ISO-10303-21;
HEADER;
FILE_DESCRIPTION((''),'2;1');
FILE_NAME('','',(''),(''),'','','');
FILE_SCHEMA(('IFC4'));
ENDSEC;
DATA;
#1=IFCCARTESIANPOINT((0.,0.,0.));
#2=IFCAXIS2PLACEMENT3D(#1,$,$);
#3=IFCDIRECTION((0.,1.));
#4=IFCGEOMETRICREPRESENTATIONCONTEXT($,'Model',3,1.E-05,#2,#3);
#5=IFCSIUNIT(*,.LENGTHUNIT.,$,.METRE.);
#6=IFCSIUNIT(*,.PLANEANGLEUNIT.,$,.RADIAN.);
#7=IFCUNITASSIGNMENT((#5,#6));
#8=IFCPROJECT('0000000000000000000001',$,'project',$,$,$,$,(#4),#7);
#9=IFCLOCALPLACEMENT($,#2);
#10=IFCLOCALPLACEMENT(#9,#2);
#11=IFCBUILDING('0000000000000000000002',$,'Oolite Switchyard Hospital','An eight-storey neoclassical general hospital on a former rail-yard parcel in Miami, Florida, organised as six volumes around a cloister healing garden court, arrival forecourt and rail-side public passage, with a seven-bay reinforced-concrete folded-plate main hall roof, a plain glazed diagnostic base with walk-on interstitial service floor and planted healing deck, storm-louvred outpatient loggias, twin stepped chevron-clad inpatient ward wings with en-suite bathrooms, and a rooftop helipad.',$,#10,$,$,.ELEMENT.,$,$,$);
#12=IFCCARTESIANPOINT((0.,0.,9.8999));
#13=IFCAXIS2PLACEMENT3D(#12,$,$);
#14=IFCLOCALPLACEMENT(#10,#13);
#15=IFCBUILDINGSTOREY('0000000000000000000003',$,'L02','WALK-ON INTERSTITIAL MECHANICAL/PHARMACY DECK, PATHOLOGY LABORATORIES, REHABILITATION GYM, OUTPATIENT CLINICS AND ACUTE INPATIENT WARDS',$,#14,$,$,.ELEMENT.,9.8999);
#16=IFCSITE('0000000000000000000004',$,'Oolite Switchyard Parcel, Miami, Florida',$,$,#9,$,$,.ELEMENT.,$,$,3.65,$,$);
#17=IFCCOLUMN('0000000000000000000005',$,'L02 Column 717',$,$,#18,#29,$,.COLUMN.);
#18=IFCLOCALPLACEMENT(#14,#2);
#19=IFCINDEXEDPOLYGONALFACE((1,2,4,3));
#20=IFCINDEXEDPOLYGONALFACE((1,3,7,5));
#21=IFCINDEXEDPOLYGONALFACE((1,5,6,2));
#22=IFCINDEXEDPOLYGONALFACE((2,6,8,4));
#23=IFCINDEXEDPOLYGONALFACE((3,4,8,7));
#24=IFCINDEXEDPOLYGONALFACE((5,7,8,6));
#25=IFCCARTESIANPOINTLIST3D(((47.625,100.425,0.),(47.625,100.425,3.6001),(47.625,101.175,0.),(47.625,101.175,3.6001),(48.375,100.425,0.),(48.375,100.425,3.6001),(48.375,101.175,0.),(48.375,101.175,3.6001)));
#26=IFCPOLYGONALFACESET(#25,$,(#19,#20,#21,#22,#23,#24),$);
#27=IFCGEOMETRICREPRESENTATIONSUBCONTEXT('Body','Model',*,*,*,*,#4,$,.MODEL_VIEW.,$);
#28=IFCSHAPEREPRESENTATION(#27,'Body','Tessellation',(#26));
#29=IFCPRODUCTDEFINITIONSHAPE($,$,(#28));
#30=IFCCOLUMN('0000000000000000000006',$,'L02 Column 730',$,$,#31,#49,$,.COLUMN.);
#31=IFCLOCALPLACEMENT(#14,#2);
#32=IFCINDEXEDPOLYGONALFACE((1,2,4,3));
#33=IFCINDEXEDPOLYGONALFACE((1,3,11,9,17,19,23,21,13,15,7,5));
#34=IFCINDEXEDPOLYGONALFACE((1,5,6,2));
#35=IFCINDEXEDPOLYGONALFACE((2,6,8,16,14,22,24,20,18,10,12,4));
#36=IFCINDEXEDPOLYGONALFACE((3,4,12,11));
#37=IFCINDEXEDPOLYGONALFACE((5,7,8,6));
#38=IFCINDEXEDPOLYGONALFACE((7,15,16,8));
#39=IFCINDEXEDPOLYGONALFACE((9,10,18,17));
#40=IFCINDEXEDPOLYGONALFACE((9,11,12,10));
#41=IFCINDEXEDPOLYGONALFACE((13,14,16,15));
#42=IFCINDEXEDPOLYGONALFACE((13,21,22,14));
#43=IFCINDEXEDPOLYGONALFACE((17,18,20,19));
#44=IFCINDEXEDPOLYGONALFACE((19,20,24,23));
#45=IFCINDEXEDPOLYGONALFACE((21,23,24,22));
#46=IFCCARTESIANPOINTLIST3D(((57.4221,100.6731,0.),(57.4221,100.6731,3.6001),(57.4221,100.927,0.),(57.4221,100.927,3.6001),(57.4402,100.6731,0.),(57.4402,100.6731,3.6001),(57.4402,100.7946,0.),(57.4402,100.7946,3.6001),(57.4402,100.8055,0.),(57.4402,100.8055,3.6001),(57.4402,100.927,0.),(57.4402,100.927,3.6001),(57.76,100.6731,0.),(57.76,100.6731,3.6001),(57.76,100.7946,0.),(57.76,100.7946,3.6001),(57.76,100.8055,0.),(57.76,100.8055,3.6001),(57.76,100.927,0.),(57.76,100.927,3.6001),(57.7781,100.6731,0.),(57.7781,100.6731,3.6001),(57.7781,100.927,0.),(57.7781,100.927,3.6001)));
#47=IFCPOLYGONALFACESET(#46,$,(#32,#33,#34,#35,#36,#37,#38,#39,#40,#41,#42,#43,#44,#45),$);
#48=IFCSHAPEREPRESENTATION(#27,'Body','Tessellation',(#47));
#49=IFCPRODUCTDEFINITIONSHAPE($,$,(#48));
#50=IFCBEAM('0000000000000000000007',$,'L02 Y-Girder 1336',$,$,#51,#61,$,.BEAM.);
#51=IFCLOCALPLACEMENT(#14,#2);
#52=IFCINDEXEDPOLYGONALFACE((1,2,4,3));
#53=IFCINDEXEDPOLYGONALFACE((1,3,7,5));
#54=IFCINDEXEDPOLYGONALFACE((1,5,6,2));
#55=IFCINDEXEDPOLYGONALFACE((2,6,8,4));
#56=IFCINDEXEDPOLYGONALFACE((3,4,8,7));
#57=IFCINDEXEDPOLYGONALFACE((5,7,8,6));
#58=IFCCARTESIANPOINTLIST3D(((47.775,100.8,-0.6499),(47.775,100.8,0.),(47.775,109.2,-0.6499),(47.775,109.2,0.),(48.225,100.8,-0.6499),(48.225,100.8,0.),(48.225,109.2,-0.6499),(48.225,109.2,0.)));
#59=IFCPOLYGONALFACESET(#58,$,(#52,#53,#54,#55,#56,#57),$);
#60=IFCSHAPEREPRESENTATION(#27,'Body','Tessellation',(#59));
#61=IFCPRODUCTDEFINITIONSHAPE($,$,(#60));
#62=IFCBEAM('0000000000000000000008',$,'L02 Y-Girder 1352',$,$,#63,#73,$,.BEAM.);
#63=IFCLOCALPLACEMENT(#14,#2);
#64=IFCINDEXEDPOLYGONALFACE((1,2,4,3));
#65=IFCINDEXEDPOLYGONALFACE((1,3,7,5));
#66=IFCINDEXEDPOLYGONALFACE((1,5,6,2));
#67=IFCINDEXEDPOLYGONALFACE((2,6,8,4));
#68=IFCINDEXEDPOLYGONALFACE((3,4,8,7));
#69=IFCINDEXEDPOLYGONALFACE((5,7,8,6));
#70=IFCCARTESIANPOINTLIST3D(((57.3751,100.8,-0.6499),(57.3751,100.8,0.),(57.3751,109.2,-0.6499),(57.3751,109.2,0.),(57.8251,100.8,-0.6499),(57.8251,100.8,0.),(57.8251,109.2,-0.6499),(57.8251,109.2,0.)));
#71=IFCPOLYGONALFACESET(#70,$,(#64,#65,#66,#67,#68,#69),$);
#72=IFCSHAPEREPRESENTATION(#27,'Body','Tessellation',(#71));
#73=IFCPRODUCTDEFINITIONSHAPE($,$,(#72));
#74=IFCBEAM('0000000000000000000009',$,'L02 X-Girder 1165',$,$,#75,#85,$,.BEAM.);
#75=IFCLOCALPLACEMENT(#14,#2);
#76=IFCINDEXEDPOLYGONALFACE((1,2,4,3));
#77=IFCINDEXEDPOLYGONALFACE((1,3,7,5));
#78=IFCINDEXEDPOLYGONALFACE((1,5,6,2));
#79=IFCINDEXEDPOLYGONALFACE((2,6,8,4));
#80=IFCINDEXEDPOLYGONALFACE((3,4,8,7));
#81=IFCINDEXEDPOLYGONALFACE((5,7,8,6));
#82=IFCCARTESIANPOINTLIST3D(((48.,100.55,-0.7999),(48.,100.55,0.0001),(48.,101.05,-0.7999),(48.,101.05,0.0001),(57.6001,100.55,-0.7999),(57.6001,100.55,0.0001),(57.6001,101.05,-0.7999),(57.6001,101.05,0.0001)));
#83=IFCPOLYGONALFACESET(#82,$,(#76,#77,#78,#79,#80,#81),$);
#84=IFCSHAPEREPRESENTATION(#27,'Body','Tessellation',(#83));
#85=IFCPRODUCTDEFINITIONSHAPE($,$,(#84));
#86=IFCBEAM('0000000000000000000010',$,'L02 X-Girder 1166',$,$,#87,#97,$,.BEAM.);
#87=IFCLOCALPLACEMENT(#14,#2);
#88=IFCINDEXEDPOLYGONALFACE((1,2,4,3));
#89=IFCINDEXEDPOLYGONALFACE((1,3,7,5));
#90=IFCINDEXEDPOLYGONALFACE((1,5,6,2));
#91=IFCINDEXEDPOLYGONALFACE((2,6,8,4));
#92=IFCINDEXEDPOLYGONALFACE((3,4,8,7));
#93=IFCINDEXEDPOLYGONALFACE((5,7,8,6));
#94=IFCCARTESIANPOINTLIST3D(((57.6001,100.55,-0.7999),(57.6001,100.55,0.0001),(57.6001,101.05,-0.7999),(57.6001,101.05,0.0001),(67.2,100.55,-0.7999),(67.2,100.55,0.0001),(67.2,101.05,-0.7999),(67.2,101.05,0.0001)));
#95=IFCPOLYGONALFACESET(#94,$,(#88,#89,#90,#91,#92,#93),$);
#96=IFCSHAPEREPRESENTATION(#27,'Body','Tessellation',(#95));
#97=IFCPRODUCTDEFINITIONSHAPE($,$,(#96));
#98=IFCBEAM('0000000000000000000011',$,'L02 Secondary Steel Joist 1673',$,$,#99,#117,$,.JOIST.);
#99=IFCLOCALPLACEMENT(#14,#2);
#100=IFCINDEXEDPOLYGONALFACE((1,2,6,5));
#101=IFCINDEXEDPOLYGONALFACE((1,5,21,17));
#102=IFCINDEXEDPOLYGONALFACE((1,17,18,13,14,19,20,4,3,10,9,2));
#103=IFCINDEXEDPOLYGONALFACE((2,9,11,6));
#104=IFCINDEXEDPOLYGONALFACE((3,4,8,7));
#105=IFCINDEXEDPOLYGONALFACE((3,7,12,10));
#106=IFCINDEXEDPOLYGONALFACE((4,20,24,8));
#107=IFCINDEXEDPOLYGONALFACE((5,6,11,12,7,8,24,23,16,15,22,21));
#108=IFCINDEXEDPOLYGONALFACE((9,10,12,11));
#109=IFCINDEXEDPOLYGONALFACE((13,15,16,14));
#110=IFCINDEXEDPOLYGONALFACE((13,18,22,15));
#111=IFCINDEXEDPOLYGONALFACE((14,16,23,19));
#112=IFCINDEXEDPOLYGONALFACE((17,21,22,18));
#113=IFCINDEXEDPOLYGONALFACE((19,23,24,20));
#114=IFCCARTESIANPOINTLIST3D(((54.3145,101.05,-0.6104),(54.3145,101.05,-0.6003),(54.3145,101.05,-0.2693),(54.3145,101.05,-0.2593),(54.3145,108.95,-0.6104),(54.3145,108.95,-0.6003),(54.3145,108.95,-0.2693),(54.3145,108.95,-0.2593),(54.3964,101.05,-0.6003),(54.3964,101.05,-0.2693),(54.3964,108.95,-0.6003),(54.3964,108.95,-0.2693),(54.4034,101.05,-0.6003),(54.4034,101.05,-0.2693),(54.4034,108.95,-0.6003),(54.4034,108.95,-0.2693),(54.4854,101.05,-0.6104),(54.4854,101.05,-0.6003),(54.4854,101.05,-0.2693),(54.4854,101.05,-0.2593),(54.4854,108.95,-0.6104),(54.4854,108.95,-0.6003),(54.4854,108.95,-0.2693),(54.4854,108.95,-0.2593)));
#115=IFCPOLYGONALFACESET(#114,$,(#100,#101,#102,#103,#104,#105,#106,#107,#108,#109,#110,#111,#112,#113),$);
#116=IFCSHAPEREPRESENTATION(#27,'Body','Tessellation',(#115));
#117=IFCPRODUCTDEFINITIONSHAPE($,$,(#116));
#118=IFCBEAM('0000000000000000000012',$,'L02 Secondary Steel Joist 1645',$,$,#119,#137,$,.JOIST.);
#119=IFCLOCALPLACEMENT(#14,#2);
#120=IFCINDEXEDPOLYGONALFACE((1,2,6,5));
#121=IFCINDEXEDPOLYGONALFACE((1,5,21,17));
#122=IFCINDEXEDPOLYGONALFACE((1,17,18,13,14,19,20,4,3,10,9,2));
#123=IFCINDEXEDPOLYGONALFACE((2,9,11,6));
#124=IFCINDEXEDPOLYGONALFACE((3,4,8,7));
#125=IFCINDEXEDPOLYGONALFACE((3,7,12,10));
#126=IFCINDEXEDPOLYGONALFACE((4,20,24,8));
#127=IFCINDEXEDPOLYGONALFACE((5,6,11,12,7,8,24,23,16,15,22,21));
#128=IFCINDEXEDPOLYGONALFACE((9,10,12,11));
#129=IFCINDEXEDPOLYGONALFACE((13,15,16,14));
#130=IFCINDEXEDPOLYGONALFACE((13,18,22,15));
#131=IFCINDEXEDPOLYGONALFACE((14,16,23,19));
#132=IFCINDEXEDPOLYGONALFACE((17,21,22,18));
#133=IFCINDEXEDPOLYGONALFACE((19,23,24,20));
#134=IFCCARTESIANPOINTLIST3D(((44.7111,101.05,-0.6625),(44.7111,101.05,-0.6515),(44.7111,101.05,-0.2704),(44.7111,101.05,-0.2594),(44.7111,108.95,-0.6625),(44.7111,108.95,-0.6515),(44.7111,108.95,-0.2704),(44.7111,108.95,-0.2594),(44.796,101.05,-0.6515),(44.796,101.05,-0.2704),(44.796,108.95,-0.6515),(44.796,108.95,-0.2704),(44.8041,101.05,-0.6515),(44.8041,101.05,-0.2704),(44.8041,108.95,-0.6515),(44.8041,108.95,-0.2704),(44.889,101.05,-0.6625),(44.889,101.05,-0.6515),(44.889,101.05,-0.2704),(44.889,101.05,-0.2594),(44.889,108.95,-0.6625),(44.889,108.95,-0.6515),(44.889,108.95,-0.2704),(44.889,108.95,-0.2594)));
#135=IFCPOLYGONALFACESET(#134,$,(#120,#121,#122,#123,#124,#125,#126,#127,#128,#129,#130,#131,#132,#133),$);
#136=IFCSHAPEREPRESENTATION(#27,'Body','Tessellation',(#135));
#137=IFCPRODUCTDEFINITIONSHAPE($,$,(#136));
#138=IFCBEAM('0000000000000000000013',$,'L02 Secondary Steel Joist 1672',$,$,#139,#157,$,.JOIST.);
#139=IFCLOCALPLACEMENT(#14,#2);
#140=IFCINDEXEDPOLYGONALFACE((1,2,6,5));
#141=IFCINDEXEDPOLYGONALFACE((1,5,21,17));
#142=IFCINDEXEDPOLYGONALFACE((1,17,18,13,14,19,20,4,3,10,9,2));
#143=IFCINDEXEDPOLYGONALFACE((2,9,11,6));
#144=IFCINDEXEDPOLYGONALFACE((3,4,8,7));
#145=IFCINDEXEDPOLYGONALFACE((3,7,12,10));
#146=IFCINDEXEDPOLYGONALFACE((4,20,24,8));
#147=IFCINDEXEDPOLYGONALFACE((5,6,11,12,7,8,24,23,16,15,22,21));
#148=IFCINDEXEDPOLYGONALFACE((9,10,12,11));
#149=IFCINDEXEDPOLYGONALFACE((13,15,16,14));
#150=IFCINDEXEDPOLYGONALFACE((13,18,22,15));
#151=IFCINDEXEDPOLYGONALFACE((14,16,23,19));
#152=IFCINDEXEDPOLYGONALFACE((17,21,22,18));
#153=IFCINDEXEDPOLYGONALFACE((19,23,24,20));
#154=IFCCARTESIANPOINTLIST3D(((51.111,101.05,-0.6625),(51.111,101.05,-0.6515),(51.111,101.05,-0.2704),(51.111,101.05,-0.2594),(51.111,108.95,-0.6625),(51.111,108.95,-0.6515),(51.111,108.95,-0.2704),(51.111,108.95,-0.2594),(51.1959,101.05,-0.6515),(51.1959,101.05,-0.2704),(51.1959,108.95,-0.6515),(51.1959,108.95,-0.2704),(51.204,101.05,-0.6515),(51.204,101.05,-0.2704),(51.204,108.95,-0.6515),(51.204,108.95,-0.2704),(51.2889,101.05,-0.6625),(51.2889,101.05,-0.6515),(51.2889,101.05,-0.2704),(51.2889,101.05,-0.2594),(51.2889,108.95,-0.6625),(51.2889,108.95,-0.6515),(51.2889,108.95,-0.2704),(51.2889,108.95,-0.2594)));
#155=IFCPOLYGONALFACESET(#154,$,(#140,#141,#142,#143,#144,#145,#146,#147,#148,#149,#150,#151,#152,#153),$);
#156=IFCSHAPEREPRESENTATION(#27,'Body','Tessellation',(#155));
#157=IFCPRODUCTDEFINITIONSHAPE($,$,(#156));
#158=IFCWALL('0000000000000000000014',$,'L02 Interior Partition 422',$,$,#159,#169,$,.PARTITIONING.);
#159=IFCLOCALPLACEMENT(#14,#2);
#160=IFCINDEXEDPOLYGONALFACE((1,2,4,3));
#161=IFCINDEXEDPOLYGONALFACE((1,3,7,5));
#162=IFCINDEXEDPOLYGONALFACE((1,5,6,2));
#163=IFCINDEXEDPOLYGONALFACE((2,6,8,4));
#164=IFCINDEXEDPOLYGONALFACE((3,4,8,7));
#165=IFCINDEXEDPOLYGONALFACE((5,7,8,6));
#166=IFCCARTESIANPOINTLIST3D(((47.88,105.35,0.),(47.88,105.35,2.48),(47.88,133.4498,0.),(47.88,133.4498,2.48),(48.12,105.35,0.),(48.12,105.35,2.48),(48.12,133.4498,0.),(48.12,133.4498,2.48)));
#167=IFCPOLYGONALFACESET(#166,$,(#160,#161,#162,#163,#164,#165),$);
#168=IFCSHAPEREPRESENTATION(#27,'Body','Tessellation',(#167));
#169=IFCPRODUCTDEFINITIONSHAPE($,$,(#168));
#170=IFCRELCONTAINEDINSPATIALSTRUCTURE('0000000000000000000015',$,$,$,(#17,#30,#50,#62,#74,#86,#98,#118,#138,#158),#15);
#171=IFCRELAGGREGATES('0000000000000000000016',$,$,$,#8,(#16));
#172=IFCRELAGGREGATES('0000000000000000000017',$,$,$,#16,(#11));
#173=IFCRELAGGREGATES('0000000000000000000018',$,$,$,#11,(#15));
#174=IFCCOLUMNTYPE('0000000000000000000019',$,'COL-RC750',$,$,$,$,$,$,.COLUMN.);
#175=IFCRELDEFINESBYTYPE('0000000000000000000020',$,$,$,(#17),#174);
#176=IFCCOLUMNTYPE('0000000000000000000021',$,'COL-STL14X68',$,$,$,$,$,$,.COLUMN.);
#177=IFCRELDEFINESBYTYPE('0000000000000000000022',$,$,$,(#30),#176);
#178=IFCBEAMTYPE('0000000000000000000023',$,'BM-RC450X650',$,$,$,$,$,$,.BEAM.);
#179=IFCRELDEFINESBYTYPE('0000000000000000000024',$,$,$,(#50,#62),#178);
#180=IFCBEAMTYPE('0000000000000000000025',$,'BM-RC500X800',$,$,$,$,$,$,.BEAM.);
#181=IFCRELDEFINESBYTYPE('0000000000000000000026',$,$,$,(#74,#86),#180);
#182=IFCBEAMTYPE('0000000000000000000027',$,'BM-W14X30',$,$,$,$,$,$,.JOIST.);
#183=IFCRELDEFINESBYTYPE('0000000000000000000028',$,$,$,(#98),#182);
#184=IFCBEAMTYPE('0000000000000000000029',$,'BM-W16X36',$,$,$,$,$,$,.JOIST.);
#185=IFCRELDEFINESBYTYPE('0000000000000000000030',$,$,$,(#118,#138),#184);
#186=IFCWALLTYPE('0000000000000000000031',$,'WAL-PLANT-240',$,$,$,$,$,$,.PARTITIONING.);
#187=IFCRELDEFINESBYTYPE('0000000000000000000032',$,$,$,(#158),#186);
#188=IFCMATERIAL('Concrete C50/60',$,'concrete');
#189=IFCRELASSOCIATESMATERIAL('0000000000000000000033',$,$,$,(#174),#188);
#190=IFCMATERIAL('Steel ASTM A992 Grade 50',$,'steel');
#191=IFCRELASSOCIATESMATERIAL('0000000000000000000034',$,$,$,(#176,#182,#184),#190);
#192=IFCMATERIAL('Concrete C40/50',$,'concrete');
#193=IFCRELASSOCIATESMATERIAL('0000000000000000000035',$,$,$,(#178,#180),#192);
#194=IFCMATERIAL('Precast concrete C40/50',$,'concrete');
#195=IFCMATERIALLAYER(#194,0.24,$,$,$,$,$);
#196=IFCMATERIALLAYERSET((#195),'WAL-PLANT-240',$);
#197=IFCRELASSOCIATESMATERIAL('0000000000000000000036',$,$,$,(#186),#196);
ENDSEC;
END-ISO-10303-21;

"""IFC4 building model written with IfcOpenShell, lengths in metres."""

from ifc_helpers import new_model, si_unit, direction, frame, frame_2d, origin, origin_2d, place, context, subcontext, project, spatial, rectangle, i_section, extrude, material, layer, layer_set, material_profile, profile_set, type_object, element, save


model = new_model("IFC4")

# Units and contexts
model_context = context("Model", 3, precision=1e-05, world=origin(), true_north=direction((0.0, 1.0)))
body_context = subcontext(model_context, "Body", "Model", "MODEL_VIEW")
ifc_project = project(units=[si_unit("LENGTHUNIT", "METRE"), si_unit("PLANEANGLEUNIT", "RADIAN")], contexts=[model_context])

# Site, building, storey
site_placement = place(None, origin())
site = spatial("IfcSite", under=ifc_project, at=site_placement, Name="Oolite Switchyard Parcel, Miami, Florida", CompositionType="ELEMENT", RefElevation=3.65)
building_placement = place(site_placement, origin())
building = spatial("IfcBuilding", under=site, at=building_placement, Name="Oolite Switchyard Hospital", Description="An eight-storey neoclassical general hospital on a former rail-yard parcel in Miami, Florida, organised as six volumes around a cloister healing garden court, arrival forecourt and rail-side public passage, with a seven-bay reinforced-concrete folded-plate main hall roof, a plain glazed diagnostic base with walk-on interstitial service floor and planted healing deck, storm-louvred outpatient loggias, twin stepped chevron-clad inpatient ward wings with en-suite bathrooms, and a rooftop helipad.", CompositionType="ELEMENT")
storey_placement = place(building_placement, frame((0.0, 0.0, 9.8999)))
storey = spatial("IfcBuildingStorey", under=building, at=storey_placement, Name="L02", Description="WALK-ON INTERSTITIAL MECHANICAL/PHARMACY DECK, PATHOLOGY LABORATORIES, REHABILITATION GYM, OUTPATIENT CLINICS AND ACUTE INPATIENT WARDS", CompositionType="ELEMENT", Elevation=9.8999)

# Columns
ifc_material_1 = material(Name="Concrete C50/60", Category="concrete")
ifc_material_profile_1 = material_profile(ifc_material_1, rectangle(XDim=0.75, YDim=0.75, at=origin_2d()), Name="RC750X750")
ifc_profile_set_1 = profile_set([ifc_material_profile_1], Name="Concrete C50/60")
column_type_1 = type_object("IfcColumnType", Name="COL-RC750", PredefinedType="COLUMN", material=ifc_profile_set_1)
column_1_placement = place(storey_placement, frame((48.0, 100.8, 0.0), z_axis=(0.0, 0.0, 1.0), x_axis=(1.0, 0.0, 0.0)))
element("IfcColumn", 1, at=column_1_placement, inside=storey, type_object=column_type_1, Name="L02 Column 717", PredefinedType="COLUMN", context=body_context, shape_type="SweptSolid", body=[
    extrude(rectangle(XDim=0.75, YDim=0.75, at=origin_2d()), origin(), (0.0, 0.0, 1.0), 3.6001),
])
ifc_material_2 = material(Name="Steel ASTM A992 Grade 50", Category="steel")
ifc_material_profile_2 = material_profile(ifc_material_2, i_section(OverallWidth=0.2539, OverallDepth=0.356, WebThickness=0.011, FlangeThickness=0.0181, at=origin_2d()), Name="W14X68")
ifc_profile_set_2 = profile_set([ifc_material_profile_2], Name="Steel ASTM A992 Grade 50")
column_type_2 = type_object("IfcColumnType", Name="COL-STL14X68", PredefinedType="COLUMN", material=ifc_profile_set_2)
column_2_placement = place(storey_placement, frame((57.6001, 100.8, 0.0), z_axis=(0.0, 0.0, 1.0), x_axis=(0.0, -1.0, 0.0)))
element("IfcColumn", 2, at=column_2_placement, inside=storey, type_object=column_type_2, Name="L02 Column 730", PredefinedType="COLUMN", context=body_context, shape_type="SweptSolid", body=[
    extrude(i_section(OverallWidth=0.2539, OverallDepth=0.356, WebThickness=0.011, FlangeThickness=0.0181, at=origin_2d()), origin(), (0.0, 0.0, 1.0), 3.6001),
])

# Beams
ifc_material_3 = material(Name="Concrete C40/50", Category="concrete")
ifc_material_profile_3 = material_profile(ifc_material_3, rectangle(XDim=0.45, YDim=0.6499, at=origin_2d()), Name="RCB450X650")
ifc_profile_set_3 = profile_set([ifc_material_profile_3], Name="Concrete C40/50")
beam_type_1 = type_object("IfcBeamType", Name="BM-RC450X650", PredefinedType="BEAM", material=ifc_profile_set_3)
for number, where, z_axis, x_axis, name in (
    (3, (48.0, 100.8, -0.325), (0.0, 1.0, 0.0), (-1.0, 0.0, 0.0), "L02 Y-Girder 1336"),
    (4, (57.6001, 100.8, -0.325), (0.0, 1.0, 0.0), (-1.0, 0.0, 0.0), "L02 Y-Girder 1352"),
):
    element("IfcBeam", number, at=place(storey_placement, frame(where, z_axis=z_axis, x_axis=x_axis)), inside=storey, type_object=beam_type_1, Name=name, PredefinedType="BEAM", context=body_context, shape_type="SweptSolid", body=[
        extrude(rectangle(XDim=0.45, YDim=0.6499, at=origin_2d()), origin(), (0.0, 0.0, 1.0), 8.3999),
    ])
ifc_material_profile_4 = material_profile(ifc_material_3, rectangle(XDim=0.5, YDim=0.8, at=origin_2d()), Name="RCB500X800")
ifc_profile_set_4 = profile_set([ifc_material_profile_4], Name="Concrete C40/50")
beam_type_2 = type_object("IfcBeamType", Name="BM-RC500X800", PredefinedType="BEAM", material=ifc_profile_set_4)
beam_1_placement = place(storey_placement, frame((48.0, 100.8, -0.3999), z_axis=(1.0, 0.0, 0.0), x_axis=(0.0, 1.0, 0.0)))
element("IfcBeam", 5, at=beam_1_placement, inside=storey, type_object=beam_type_2, Name="L02 X-Girder 1165", PredefinedType="BEAM", context=body_context, shape_type="SweptSolid", body=[
    extrude(rectangle(XDim=0.5, YDim=0.8, at=origin_2d()), origin(), (0.0, 0.0, 1.0), 9.6001),
])
beam_2_placement = place(storey_placement, frame((57.6001, 100.8, -0.3999), z_axis=(1.0, 0.0, 0.0), x_axis=(0.0, 1.0, 0.0)))
element("IfcBeam", 6, at=beam_2_placement, inside=storey, type_object=beam_type_2, Name="L02 X-Girder 1166", PredefinedType="BEAM", context=body_context, shape_type="SweptSolid", body=[
    extrude(rectangle(XDim=0.5, YDim=0.8, at=origin_2d()), origin(), (0.0, 0.0, 1.0), 9.5999),
])
ifc_material_profile_5 = material_profile(ifc_material_2, i_section(OverallWidth=0.1709, OverallDepth=0.3511, WebThickness=0.0071, FlangeThickness=0.01, at=origin_2d()), Name="W14X30")
ifc_profile_set_5 = profile_set([ifc_material_profile_5], Name="Steel ASTM A992 Grade 50")
beam_type_3 = type_object("IfcBeamType", Name="BM-W14X30", PredefinedType="JOIST", material=ifc_profile_set_5)
beam_3_placement = place(storey_placement, frame((54.3999, 101.05, -0.4348), z_axis=(0.0, 1.0, 0.0), x_axis=(-1.0, 0.0, 0.0)))
element("IfcBeam", 7, at=beam_3_placement, inside=storey, type_object=beam_type_3, Name="L02 Secondary Steel Joist 1673", PredefinedType="JOIST", context=body_context, shape_type="SweptSolid", body=[
    extrude(i_section(OverallWidth=0.1709, OverallDepth=0.3511, WebThickness=0.0071, FlangeThickness=0.01, at=origin_2d()), origin(), (0.0, 0.0, 1.0), 7.8999),
])
ifc_material_profile_6 = material_profile(ifc_material_2, i_section(OverallWidth=0.178, OverallDepth=0.4031, WebThickness=0.0081, FlangeThickness=0.011, at=origin_2d()), Name="W16X36")
ifc_profile_set_6 = profile_set([ifc_material_profile_6], Name="Steel ASTM A992 Grade 50")
beam_type_4 = type_object("IfcBeamType", Name="BM-W16X36", PredefinedType="JOIST", material=ifc_profile_set_6)
for number, where, z_axis, x_axis, name in (
    (8, (44.8, 101.05, -0.4609), (0.0, 1.0, 0.0), (-1.0, 0.0, 0.0), "L02 Secondary Steel Joist 1645"),
    (9, (51.2, 101.05, -0.4609), (0.0, 1.0, 0.0), (-1.0, 0.0, 0.0), "L02 Secondary Steel Joist 1672"),
):
    element("IfcBeam", number, at=place(storey_placement, frame(where, z_axis=z_axis, x_axis=x_axis)), inside=storey, type_object=beam_type_4, Name=name, PredefinedType="JOIST", context=body_context, shape_type="SweptSolid", body=[
        extrude(i_section(OverallWidth=0.178, OverallDepth=0.4031, WebThickness=0.0081, FlangeThickness=0.011, at=origin_2d()), origin(), (0.0, 0.0, 1.0), 7.8999),
    ])

# Shared definitions
ifc_material_4 = material(Name="Precast concrete C40/50", Category="concrete")
ifc_layer_1 = layer(ifc_material_4, 0.24)
ifc_layer_set_1 = layer_set([ifc_layer_1], Name="WAL-PLANT-240")
wall_type_1 = type_object("IfcWallType", Name="WAL-PLANT-240", PredefinedType="PARTITIONING", material=ifc_layer_set_1)

# Wall
wall_1_placement = place(storey_placement, frame((48.0, 105.3501, 0.0), z_axis=(0.0, 0.0, 1.0), x_axis=(0.0, 1.0, 0.0)))
element("IfcWall", 10, at=wall_1_placement, inside=storey, type_object=wall_type_1, Name="L02 Interior Partition 422", PredefinedType="PARTITIONING", context=body_context, shape_type="SweptSolid", body=[
    extrude(rectangle(XDim=28.0999, YDim=0.24, at=frame_2d((14.0498, 0.0))), origin(), (0.0, 0.0, 1.0), 2.48),
])

save(model, "model.ifc")
